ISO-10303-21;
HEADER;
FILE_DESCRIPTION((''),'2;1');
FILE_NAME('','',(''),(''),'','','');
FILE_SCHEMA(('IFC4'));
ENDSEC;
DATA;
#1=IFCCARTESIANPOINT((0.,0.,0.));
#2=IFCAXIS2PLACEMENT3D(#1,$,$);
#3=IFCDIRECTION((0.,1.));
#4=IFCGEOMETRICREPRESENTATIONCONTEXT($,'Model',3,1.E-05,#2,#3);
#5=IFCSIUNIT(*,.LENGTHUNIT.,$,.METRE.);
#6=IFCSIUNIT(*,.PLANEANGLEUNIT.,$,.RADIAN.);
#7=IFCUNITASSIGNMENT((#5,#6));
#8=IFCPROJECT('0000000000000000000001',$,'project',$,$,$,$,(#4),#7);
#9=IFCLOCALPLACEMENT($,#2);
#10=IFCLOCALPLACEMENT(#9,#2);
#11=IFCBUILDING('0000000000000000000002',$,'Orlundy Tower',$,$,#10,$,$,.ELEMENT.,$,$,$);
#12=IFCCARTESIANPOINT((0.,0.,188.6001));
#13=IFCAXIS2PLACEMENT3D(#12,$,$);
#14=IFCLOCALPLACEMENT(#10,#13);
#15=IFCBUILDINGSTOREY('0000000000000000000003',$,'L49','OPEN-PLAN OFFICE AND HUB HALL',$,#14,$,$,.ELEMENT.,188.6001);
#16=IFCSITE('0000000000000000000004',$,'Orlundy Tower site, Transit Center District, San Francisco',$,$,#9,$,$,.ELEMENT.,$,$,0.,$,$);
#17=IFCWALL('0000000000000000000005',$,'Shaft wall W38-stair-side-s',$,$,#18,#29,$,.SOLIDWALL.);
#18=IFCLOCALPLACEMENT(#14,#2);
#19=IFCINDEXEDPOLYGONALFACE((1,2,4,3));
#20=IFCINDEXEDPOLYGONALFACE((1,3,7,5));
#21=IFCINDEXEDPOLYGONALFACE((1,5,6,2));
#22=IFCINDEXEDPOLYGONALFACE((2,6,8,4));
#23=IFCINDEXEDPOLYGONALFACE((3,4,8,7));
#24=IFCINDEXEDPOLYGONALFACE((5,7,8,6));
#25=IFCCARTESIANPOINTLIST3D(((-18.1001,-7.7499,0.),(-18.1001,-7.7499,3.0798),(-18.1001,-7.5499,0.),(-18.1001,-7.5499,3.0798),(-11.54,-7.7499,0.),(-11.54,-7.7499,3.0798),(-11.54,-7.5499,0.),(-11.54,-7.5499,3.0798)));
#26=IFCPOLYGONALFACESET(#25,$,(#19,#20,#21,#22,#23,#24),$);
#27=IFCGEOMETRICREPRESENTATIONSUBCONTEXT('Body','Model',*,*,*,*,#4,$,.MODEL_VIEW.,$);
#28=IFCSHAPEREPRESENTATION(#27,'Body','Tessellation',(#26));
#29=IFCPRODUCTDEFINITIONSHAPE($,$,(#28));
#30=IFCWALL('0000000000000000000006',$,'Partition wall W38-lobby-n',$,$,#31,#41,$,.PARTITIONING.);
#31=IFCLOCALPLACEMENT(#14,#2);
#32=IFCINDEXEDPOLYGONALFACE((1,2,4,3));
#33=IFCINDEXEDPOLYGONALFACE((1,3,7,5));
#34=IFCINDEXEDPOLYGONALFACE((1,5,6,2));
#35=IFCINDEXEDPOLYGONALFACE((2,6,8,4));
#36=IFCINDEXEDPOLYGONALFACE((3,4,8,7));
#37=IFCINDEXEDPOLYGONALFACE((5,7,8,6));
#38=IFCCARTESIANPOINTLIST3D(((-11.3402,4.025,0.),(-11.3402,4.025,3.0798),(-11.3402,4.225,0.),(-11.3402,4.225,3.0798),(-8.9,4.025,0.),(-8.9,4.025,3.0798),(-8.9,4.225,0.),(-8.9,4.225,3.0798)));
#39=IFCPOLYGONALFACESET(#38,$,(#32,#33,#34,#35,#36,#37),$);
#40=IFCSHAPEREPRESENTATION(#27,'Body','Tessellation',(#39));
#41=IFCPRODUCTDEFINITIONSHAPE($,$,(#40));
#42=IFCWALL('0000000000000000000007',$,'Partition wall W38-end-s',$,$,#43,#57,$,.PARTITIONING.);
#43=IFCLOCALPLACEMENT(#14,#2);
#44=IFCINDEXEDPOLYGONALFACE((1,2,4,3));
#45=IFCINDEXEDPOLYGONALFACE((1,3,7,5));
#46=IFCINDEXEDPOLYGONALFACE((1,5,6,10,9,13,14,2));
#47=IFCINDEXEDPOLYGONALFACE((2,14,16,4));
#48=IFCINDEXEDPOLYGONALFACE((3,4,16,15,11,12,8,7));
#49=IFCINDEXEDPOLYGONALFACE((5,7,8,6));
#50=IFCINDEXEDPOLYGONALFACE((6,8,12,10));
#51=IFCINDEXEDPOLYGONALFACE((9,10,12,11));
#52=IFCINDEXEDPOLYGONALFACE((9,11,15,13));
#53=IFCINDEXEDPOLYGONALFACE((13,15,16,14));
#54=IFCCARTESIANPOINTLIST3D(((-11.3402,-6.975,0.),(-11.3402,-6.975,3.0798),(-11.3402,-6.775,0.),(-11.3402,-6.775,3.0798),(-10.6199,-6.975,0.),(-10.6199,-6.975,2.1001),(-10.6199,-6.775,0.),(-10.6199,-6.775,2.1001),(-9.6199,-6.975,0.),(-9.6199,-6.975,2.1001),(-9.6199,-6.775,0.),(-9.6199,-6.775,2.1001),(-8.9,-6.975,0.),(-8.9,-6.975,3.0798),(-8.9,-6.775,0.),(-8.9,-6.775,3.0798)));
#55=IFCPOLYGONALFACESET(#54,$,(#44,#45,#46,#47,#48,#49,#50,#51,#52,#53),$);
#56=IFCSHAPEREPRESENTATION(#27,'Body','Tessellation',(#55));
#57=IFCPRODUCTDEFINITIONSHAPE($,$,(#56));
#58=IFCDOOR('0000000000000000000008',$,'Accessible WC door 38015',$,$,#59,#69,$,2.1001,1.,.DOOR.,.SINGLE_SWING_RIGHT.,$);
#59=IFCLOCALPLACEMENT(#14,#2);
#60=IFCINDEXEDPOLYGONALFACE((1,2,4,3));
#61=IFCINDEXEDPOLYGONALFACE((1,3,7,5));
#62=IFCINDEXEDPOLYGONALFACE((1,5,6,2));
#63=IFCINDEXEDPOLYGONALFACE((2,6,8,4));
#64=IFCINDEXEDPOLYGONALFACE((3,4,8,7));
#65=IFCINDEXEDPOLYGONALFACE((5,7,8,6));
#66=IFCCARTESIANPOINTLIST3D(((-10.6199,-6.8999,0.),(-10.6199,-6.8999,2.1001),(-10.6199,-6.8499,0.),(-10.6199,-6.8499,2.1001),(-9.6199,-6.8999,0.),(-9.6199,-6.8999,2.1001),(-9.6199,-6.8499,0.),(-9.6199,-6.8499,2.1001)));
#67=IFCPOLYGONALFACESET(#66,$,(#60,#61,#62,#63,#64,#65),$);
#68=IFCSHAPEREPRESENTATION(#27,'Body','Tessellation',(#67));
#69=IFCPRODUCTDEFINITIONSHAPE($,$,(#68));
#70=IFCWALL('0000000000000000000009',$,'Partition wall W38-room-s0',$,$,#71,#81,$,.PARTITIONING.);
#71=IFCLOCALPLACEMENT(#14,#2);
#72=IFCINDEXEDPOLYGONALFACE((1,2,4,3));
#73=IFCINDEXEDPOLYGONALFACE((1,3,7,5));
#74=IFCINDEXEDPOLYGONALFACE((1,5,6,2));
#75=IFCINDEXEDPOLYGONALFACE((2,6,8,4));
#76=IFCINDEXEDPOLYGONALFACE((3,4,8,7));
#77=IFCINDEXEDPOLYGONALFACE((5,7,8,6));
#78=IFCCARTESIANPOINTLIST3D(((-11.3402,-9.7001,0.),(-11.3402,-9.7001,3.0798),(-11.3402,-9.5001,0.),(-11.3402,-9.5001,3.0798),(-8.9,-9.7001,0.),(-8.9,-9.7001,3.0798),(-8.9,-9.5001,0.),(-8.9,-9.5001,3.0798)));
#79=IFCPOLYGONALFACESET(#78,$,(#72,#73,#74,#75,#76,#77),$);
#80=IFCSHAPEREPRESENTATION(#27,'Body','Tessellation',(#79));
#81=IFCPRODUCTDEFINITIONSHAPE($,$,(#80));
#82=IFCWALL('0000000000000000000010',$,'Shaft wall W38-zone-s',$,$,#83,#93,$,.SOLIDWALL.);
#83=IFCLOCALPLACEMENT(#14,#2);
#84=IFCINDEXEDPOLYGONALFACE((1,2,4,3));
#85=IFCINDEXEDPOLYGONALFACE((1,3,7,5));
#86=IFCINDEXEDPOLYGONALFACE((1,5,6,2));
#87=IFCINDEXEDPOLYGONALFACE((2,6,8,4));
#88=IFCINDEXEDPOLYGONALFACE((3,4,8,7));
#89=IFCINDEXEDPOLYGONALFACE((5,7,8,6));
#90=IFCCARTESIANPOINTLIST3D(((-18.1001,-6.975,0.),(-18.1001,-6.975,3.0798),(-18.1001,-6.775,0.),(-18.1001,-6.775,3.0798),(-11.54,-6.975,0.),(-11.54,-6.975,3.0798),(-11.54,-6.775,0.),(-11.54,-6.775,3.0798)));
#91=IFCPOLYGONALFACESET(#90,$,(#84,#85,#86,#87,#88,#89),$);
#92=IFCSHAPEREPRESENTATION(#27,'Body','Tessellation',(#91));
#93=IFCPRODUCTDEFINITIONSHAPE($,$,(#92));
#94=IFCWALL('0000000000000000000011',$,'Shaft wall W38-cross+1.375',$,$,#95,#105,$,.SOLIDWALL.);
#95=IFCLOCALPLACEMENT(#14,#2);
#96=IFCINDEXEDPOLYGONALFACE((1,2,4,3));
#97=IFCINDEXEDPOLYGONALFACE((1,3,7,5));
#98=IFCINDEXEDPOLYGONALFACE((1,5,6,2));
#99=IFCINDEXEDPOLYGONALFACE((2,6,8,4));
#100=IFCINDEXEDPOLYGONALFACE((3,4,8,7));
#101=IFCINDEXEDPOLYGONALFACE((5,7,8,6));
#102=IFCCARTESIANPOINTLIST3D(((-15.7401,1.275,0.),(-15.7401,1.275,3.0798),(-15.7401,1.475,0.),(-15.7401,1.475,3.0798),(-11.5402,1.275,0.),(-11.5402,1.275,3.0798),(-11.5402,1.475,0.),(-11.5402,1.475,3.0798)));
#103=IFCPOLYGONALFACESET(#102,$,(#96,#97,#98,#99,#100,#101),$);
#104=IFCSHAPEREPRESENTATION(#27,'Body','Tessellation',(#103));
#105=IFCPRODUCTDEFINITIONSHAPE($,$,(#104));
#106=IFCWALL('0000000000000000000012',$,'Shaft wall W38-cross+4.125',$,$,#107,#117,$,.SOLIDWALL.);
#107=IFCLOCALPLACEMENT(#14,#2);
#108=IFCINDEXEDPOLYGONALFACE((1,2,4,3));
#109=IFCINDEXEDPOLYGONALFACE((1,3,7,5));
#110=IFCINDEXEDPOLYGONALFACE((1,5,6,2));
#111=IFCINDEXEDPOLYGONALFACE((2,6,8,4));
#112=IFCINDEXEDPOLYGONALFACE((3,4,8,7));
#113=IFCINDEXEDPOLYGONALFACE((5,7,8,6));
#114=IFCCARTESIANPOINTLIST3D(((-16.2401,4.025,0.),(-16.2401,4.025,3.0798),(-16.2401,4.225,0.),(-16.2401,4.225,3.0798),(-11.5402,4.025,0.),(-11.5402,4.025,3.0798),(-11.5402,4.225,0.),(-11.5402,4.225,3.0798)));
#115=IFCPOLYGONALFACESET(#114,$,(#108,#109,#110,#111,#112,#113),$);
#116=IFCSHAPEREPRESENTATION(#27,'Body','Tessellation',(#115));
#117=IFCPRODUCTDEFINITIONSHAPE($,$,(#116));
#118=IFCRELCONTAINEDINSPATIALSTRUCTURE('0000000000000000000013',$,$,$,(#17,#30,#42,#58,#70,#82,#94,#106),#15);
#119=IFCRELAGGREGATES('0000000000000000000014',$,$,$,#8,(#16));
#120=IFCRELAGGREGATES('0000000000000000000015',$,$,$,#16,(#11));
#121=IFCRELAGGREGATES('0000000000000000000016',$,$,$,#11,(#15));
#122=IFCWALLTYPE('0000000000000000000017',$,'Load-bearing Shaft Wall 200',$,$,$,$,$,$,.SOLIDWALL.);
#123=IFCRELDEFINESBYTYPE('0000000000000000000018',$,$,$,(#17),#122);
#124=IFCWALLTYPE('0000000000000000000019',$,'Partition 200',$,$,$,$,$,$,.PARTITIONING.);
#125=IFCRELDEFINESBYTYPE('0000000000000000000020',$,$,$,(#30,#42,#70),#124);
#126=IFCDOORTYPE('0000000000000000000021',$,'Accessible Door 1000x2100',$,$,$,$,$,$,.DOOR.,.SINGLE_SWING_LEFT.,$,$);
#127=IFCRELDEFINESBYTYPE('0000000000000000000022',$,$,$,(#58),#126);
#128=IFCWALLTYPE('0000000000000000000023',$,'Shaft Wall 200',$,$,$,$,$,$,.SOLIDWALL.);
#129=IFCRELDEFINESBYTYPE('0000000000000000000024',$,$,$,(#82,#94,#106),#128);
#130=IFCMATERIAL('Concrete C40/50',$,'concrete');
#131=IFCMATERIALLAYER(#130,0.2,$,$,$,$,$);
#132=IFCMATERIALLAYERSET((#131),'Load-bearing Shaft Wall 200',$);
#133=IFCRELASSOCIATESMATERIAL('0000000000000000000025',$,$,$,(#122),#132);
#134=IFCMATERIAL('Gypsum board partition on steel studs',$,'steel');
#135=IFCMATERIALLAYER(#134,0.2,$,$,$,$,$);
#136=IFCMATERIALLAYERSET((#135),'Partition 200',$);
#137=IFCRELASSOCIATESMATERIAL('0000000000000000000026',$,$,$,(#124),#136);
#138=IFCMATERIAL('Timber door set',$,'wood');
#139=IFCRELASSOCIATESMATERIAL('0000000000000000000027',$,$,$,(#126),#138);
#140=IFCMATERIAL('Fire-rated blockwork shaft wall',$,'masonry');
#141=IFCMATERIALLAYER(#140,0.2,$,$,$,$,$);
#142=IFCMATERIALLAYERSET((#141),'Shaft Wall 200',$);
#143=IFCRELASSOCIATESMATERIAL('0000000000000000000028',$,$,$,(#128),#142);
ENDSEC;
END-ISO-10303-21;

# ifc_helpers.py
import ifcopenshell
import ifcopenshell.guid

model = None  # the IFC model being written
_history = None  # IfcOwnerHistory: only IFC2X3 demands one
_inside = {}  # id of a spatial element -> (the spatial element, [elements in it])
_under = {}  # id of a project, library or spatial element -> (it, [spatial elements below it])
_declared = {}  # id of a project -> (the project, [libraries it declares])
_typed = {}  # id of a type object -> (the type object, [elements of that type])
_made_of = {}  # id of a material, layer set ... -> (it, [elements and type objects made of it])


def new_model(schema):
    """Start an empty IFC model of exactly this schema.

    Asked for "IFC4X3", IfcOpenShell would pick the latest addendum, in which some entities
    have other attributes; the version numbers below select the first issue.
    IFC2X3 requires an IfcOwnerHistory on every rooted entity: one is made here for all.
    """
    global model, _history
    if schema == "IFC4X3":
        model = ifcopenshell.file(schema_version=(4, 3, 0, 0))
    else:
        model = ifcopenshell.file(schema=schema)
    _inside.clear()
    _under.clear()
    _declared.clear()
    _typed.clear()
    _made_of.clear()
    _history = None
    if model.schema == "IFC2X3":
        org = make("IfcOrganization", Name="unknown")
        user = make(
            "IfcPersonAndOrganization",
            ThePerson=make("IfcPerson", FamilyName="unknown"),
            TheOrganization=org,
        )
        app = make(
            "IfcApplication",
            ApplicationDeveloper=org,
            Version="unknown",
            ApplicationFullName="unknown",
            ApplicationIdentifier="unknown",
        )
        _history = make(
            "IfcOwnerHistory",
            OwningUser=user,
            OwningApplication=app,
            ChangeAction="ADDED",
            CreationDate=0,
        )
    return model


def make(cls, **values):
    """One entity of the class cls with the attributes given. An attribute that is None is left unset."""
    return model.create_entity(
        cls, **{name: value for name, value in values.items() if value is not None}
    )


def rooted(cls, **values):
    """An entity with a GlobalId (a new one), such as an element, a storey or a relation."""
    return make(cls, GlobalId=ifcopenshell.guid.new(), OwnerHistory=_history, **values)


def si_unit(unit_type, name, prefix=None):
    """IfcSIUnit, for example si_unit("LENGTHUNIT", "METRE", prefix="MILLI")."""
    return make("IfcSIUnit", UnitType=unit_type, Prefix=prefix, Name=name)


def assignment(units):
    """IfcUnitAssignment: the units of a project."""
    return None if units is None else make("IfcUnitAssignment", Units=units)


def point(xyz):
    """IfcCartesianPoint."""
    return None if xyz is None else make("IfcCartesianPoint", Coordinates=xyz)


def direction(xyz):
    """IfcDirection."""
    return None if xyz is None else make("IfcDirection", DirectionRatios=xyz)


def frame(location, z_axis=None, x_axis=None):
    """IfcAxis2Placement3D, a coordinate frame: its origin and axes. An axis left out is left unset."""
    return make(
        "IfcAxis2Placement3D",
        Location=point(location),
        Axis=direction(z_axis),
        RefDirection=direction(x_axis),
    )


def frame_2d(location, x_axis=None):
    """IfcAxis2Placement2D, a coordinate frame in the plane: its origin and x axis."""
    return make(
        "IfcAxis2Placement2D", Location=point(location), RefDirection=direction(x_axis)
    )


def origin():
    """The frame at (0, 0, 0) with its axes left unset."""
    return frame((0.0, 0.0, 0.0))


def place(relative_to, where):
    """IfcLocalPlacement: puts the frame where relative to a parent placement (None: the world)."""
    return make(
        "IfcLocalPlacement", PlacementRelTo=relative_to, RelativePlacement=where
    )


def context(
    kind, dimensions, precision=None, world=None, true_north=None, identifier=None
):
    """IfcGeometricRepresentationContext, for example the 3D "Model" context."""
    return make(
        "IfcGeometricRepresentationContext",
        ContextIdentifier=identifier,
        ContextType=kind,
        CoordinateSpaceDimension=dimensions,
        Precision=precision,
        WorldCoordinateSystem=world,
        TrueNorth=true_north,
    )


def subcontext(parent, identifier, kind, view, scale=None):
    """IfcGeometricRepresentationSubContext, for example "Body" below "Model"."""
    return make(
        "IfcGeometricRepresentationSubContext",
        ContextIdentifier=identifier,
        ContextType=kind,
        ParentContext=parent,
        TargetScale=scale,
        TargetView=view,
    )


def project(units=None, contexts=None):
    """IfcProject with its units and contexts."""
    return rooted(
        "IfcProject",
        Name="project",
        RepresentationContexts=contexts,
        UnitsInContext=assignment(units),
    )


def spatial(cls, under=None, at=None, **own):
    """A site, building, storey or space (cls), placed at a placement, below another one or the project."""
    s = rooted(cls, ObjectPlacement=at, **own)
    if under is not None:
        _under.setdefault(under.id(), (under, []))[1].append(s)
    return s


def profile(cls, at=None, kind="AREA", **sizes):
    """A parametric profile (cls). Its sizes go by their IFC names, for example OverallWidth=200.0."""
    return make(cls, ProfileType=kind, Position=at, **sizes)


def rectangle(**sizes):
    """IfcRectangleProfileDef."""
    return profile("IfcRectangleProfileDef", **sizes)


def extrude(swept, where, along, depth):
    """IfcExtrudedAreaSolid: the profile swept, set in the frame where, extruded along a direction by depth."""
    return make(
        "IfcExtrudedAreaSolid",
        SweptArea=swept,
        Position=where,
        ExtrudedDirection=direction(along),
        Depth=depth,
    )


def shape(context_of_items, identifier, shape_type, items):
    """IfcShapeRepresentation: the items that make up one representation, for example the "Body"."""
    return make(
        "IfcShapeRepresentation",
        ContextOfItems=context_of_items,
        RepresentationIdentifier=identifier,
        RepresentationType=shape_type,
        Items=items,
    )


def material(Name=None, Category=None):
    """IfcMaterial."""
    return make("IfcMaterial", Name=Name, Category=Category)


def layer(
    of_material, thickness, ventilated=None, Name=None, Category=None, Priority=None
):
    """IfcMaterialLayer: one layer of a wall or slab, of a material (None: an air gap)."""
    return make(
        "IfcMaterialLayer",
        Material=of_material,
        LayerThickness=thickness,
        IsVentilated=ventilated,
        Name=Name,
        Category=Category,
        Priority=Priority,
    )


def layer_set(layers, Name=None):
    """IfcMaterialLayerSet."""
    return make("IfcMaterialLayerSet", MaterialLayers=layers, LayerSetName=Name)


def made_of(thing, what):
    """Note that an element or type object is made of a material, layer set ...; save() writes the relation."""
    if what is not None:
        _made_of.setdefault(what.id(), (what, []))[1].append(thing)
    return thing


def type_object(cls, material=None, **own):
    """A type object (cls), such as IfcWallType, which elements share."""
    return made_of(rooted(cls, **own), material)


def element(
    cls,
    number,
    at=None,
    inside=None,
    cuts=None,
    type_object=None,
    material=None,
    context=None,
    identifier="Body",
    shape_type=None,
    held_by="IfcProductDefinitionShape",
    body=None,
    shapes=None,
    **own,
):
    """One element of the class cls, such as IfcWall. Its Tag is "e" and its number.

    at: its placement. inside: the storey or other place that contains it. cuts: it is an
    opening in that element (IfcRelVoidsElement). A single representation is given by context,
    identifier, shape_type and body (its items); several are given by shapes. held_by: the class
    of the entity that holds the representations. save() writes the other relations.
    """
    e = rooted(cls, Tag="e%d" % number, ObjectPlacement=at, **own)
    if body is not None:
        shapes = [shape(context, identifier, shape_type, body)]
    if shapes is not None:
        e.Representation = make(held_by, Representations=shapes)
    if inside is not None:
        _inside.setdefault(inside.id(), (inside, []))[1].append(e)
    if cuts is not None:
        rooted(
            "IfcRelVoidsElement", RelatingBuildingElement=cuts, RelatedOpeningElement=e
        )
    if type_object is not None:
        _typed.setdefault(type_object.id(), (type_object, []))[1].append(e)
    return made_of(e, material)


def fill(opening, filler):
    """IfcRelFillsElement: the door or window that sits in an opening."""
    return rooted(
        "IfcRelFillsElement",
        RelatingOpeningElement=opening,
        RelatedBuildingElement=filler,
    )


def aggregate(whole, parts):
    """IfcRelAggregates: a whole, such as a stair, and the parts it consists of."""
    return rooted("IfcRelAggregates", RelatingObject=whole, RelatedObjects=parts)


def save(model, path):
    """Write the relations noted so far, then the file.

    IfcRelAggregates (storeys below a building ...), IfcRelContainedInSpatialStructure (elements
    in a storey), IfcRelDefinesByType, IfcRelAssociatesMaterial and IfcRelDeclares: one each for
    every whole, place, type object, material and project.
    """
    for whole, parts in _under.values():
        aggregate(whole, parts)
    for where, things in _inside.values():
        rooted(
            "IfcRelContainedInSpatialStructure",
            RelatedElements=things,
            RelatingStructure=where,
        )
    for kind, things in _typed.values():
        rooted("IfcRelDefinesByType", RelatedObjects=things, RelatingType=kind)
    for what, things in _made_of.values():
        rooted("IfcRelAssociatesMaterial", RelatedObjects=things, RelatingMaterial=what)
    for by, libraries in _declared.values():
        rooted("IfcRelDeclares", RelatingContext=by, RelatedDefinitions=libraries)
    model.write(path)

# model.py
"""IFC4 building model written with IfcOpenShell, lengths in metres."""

from ifc_helpers import new_model, si_unit, direction, frame, frame_2d, origin, place, context, subcontext, project, spatial, rectangle, extrude, material, layer, layer_set, type_object, element, fill, save


model = new_model("IFC4")

# Units and contexts
model_context = context("Model", 3, precision=1e-05, world=origin(), true_north=direction((0.0, 1.0)))
body_context = subcontext(model_context, "Body", "Model", "MODEL_VIEW")
ifc_project = project(units=[si_unit("LENGTHUNIT", "METRE"), si_unit("PLANEANGLEUNIT", "RADIAN")], contexts=[model_context])

# Site, building, storey
site_placement = place(None, origin())
site = spatial("IfcSite", under=ifc_project, at=site_placement, Name="Orlundy Tower site, Transit Center District, San Francisco", CompositionType="ELEMENT", RefElevation=0.0)
building_placement = place(site_placement, origin())
building = spatial("IfcBuilding", under=site, at=building_placement, Name="Orlundy Tower", CompositionType="ELEMENT")
storey_placement = place(building_placement, frame((0.0, 0.0, 188.6001)))
storey = spatial("IfcBuildingStorey", under=building, at=storey_placement, Name="L49", Description="OPEN-PLAN OFFICE AND HUB HALL", CompositionType="ELEMENT", Elevation=188.6001)

# Walls
ifc_material_1 = material(Name="Concrete C40/50", Category="concrete")
ifc_layer_1 = layer(ifc_material_1, 0.2)
ifc_layer_set_1 = layer_set([ifc_layer_1], Name="Load-bearing Shaft Wall 200")
wall_type_1 = type_object("IfcWallType", Name="Load-bearing Shaft Wall 200", PredefinedType="SOLIDWALL", material=ifc_layer_set_1)
wall_1_placement = place(storey_placement, frame((-11.54, -7.6499, 0.0), z_axis=(0.0, 0.0, 1.0), x_axis=(-1.0, 0.0, 0.0)))
element("IfcWall", 1, at=wall_1_placement, inside=storey, type_object=wall_type_1, Name="Shaft wall W38-stair-side-s", PredefinedType="SOLIDWALL", context=body_context, shape_type="SweptSolid", body=[
    extrude(rectangle(XDim=6.5601, YDim=0.2, at=frame_2d((3.28, 0.0))), origin(), (0.0, 0.0, 1.0), 3.0798),
])
ifc_material_2 = material(Name="Gypsum board partition on steel studs", Category="steel")
ifc_layer_2 = layer(ifc_material_2, 0.2)
ifc_layer_set_2 = layer_set([ifc_layer_2], Name="Partition 200")
wall_type_2 = type_object("IfcWallType", Name="Partition 200", PredefinedType="PARTITIONING", material=ifc_layer_set_2)
wall_2_placement = place(storey_placement, frame((-8.8999, 4.125, 0.0), z_axis=(0.0, 0.0, 1.0), x_axis=(-1.0, 0.0, 0.0)))
element("IfcWall", 2, at=wall_2_placement, inside=storey, type_object=wall_type_2, Name="Partition wall W38-lobby-n", PredefinedType="PARTITIONING", context=body_context, shape_type="SweptSolid", body=[
    extrude(rectangle(XDim=2.4402, YDim=0.2, at=frame_2d((1.2202, 0.0))), origin(), (0.0, 0.0, 1.0), 3.0798),
])

# Wall, opening, door
wall_3_placement = place(storey_placement, frame((-8.8999, -6.875, 0.0), z_axis=(0.0, 0.0, 1.0), x_axis=(-1.0, 0.0, 0.0)))
wall_3 = element("IfcWall", 3, at=wall_3_placement, inside=storey, type_object=wall_type_2, Name="Partition wall W38-end-s", PredefinedType="PARTITIONING", context=body_context, shape_type="SweptSolid", body=[
    extrude(rectangle(XDim=2.4402, YDim=0.2, at=frame_2d((1.2202, 0.0))), origin(), (0.0, 0.0, 1.0), 3.0798),
])
opening_1_placement = place(wall_3_placement, frame((0.72, 0.0, 0.0)))
opening_1 = element("IfcOpeningElement", 4, at=opening_1_placement, cuts=wall_3, PredefinedType="OPENING", context=body_context, shape_type="SweptSolid", body=[
    extrude(rectangle(XDim=1.0, YDim=2.1001, at=frame_2d((0.5, 1.05))), frame((0.0, 0.1101, 0.0), z_axis=(0.0, -1.0, 0.0), x_axis=(1.0, 0.0, 0.0)), (0.0, 0.0, 1.0), 0.2202),
])
ifc_material_3 = material(Name="Timber door set", Category="wood")
door_type_1 = type_object("IfcDoorType", Name="Accessible Door 1000x2100", OperationType="SINGLE_SWING_LEFT", PredefinedType="DOOR", material=ifc_material_3)
door_1_placement = place(opening_1_placement, origin())
door_1 = element("IfcDoor", 5, at=door_1_placement, inside=storey, type_object=door_type_1, Name="Accessible WC door 38015", OperationType="SINGLE_SWING_RIGHT", OverallHeight=2.1001, OverallWidth=1.0, PredefinedType="DOOR", context=body_context, shape_type="SweptSolid", body=[
    extrude(rectangle(XDim=1.0, YDim=2.1001, at=frame_2d((0.5, 1.05))), frame((0.0, 0.0249, 0.0), z_axis=(0.0, -1.0, 0.0), x_axis=(1.0, 0.0, 0.0)), (0.0, 0.0, 1.0), 0.05),
])
fill(opening_1, door_1)

# Walls
wall_4_placement = place(storey_placement, frame((-8.8999, -9.6001, 0.0), z_axis=(0.0, 0.0, 1.0), x_axis=(-1.0, 0.0, 0.0)))
element("IfcWall", 6, at=wall_4_placement, inside=storey, type_object=wall_type_2, Name="Partition wall W38-room-s0", PredefinedType="PARTITIONING", context=body_context, shape_type="SweptSolid", body=[
    extrude(rectangle(XDim=2.4402, YDim=0.2, at=frame_2d((1.2202, 0.0))), origin(), (0.0, 0.0, 1.0), 3.0798),
])
ifc_material_4 = material(Name="Fire-rated blockwork shaft wall", Category="masonry")
ifc_layer_3 = layer(ifc_material_4, 0.2)
ifc_layer_set_3 = layer_set([ifc_layer_3], Name="Shaft Wall 200")
wall_type_3 = type_object("IfcWallType", Name="Shaft Wall 200", PredefinedType="SOLIDWALL", material=ifc_layer_set_3)
wall_5_placement = place(storey_placement, frame((-11.54, -6.875, 0.0), z_axis=(0.0, 0.0, 1.0), x_axis=(-1.0, 0.0, 0.0)))
element("IfcWall", 7, at=wall_5_placement, inside=storey, type_object=wall_type_3, Name="Shaft wall W38-zone-s", PredefinedType="SOLIDWALL", context=body_context, shape_type="SweptSolid", body=[
    extrude(rectangle(XDim=6.5601, YDim=0.2, at=frame_2d((3.28, 0.0))), origin(), (0.0, 0.0, 1.0), 3.0798),
])
wall_6_placement = place(storey_placement, frame((-11.54, 1.375, 0.0), z_axis=(0.0, 0.0, 1.0), x_axis=(-1.0, 0.0, 0.0)))
element("IfcWall", 8, at=wall_6_placement, inside=storey, type_object=wall_type_3, Name="Shaft wall W38-cross+1.375", PredefinedType="SOLIDWALL", context=body_context, shape_type="SweptSolid", body=[
    extrude(rectangle(XDim=4.2, YDim=0.2, at=frame_2d((2.1001, 0.0))), origin(), (0.0, 0.0, 1.0), 3.0798),
])
wall_7_placement = place(storey_placement, frame((-11.54, 4.125, 0.0), z_axis=(0.0, 0.0, 1.0), x_axis=(-1.0, 0.0, 0.0)))
element("IfcWall", 9, at=wall_7_placement, inside=storey, type_object=wall_type_3, Name="Shaft wall W38-cross+4.125", PredefinedType="SOLIDWALL", context=body_context, shape_type="SweptSolid", body=[
    extrude(rectangle(XDim=4.7, YDim=0.2, at=frame_2d((2.3501, 0.0))), origin(), (0.0, 0.0, 1.0), 3.0798),
])

save(model, "model.ifc")
